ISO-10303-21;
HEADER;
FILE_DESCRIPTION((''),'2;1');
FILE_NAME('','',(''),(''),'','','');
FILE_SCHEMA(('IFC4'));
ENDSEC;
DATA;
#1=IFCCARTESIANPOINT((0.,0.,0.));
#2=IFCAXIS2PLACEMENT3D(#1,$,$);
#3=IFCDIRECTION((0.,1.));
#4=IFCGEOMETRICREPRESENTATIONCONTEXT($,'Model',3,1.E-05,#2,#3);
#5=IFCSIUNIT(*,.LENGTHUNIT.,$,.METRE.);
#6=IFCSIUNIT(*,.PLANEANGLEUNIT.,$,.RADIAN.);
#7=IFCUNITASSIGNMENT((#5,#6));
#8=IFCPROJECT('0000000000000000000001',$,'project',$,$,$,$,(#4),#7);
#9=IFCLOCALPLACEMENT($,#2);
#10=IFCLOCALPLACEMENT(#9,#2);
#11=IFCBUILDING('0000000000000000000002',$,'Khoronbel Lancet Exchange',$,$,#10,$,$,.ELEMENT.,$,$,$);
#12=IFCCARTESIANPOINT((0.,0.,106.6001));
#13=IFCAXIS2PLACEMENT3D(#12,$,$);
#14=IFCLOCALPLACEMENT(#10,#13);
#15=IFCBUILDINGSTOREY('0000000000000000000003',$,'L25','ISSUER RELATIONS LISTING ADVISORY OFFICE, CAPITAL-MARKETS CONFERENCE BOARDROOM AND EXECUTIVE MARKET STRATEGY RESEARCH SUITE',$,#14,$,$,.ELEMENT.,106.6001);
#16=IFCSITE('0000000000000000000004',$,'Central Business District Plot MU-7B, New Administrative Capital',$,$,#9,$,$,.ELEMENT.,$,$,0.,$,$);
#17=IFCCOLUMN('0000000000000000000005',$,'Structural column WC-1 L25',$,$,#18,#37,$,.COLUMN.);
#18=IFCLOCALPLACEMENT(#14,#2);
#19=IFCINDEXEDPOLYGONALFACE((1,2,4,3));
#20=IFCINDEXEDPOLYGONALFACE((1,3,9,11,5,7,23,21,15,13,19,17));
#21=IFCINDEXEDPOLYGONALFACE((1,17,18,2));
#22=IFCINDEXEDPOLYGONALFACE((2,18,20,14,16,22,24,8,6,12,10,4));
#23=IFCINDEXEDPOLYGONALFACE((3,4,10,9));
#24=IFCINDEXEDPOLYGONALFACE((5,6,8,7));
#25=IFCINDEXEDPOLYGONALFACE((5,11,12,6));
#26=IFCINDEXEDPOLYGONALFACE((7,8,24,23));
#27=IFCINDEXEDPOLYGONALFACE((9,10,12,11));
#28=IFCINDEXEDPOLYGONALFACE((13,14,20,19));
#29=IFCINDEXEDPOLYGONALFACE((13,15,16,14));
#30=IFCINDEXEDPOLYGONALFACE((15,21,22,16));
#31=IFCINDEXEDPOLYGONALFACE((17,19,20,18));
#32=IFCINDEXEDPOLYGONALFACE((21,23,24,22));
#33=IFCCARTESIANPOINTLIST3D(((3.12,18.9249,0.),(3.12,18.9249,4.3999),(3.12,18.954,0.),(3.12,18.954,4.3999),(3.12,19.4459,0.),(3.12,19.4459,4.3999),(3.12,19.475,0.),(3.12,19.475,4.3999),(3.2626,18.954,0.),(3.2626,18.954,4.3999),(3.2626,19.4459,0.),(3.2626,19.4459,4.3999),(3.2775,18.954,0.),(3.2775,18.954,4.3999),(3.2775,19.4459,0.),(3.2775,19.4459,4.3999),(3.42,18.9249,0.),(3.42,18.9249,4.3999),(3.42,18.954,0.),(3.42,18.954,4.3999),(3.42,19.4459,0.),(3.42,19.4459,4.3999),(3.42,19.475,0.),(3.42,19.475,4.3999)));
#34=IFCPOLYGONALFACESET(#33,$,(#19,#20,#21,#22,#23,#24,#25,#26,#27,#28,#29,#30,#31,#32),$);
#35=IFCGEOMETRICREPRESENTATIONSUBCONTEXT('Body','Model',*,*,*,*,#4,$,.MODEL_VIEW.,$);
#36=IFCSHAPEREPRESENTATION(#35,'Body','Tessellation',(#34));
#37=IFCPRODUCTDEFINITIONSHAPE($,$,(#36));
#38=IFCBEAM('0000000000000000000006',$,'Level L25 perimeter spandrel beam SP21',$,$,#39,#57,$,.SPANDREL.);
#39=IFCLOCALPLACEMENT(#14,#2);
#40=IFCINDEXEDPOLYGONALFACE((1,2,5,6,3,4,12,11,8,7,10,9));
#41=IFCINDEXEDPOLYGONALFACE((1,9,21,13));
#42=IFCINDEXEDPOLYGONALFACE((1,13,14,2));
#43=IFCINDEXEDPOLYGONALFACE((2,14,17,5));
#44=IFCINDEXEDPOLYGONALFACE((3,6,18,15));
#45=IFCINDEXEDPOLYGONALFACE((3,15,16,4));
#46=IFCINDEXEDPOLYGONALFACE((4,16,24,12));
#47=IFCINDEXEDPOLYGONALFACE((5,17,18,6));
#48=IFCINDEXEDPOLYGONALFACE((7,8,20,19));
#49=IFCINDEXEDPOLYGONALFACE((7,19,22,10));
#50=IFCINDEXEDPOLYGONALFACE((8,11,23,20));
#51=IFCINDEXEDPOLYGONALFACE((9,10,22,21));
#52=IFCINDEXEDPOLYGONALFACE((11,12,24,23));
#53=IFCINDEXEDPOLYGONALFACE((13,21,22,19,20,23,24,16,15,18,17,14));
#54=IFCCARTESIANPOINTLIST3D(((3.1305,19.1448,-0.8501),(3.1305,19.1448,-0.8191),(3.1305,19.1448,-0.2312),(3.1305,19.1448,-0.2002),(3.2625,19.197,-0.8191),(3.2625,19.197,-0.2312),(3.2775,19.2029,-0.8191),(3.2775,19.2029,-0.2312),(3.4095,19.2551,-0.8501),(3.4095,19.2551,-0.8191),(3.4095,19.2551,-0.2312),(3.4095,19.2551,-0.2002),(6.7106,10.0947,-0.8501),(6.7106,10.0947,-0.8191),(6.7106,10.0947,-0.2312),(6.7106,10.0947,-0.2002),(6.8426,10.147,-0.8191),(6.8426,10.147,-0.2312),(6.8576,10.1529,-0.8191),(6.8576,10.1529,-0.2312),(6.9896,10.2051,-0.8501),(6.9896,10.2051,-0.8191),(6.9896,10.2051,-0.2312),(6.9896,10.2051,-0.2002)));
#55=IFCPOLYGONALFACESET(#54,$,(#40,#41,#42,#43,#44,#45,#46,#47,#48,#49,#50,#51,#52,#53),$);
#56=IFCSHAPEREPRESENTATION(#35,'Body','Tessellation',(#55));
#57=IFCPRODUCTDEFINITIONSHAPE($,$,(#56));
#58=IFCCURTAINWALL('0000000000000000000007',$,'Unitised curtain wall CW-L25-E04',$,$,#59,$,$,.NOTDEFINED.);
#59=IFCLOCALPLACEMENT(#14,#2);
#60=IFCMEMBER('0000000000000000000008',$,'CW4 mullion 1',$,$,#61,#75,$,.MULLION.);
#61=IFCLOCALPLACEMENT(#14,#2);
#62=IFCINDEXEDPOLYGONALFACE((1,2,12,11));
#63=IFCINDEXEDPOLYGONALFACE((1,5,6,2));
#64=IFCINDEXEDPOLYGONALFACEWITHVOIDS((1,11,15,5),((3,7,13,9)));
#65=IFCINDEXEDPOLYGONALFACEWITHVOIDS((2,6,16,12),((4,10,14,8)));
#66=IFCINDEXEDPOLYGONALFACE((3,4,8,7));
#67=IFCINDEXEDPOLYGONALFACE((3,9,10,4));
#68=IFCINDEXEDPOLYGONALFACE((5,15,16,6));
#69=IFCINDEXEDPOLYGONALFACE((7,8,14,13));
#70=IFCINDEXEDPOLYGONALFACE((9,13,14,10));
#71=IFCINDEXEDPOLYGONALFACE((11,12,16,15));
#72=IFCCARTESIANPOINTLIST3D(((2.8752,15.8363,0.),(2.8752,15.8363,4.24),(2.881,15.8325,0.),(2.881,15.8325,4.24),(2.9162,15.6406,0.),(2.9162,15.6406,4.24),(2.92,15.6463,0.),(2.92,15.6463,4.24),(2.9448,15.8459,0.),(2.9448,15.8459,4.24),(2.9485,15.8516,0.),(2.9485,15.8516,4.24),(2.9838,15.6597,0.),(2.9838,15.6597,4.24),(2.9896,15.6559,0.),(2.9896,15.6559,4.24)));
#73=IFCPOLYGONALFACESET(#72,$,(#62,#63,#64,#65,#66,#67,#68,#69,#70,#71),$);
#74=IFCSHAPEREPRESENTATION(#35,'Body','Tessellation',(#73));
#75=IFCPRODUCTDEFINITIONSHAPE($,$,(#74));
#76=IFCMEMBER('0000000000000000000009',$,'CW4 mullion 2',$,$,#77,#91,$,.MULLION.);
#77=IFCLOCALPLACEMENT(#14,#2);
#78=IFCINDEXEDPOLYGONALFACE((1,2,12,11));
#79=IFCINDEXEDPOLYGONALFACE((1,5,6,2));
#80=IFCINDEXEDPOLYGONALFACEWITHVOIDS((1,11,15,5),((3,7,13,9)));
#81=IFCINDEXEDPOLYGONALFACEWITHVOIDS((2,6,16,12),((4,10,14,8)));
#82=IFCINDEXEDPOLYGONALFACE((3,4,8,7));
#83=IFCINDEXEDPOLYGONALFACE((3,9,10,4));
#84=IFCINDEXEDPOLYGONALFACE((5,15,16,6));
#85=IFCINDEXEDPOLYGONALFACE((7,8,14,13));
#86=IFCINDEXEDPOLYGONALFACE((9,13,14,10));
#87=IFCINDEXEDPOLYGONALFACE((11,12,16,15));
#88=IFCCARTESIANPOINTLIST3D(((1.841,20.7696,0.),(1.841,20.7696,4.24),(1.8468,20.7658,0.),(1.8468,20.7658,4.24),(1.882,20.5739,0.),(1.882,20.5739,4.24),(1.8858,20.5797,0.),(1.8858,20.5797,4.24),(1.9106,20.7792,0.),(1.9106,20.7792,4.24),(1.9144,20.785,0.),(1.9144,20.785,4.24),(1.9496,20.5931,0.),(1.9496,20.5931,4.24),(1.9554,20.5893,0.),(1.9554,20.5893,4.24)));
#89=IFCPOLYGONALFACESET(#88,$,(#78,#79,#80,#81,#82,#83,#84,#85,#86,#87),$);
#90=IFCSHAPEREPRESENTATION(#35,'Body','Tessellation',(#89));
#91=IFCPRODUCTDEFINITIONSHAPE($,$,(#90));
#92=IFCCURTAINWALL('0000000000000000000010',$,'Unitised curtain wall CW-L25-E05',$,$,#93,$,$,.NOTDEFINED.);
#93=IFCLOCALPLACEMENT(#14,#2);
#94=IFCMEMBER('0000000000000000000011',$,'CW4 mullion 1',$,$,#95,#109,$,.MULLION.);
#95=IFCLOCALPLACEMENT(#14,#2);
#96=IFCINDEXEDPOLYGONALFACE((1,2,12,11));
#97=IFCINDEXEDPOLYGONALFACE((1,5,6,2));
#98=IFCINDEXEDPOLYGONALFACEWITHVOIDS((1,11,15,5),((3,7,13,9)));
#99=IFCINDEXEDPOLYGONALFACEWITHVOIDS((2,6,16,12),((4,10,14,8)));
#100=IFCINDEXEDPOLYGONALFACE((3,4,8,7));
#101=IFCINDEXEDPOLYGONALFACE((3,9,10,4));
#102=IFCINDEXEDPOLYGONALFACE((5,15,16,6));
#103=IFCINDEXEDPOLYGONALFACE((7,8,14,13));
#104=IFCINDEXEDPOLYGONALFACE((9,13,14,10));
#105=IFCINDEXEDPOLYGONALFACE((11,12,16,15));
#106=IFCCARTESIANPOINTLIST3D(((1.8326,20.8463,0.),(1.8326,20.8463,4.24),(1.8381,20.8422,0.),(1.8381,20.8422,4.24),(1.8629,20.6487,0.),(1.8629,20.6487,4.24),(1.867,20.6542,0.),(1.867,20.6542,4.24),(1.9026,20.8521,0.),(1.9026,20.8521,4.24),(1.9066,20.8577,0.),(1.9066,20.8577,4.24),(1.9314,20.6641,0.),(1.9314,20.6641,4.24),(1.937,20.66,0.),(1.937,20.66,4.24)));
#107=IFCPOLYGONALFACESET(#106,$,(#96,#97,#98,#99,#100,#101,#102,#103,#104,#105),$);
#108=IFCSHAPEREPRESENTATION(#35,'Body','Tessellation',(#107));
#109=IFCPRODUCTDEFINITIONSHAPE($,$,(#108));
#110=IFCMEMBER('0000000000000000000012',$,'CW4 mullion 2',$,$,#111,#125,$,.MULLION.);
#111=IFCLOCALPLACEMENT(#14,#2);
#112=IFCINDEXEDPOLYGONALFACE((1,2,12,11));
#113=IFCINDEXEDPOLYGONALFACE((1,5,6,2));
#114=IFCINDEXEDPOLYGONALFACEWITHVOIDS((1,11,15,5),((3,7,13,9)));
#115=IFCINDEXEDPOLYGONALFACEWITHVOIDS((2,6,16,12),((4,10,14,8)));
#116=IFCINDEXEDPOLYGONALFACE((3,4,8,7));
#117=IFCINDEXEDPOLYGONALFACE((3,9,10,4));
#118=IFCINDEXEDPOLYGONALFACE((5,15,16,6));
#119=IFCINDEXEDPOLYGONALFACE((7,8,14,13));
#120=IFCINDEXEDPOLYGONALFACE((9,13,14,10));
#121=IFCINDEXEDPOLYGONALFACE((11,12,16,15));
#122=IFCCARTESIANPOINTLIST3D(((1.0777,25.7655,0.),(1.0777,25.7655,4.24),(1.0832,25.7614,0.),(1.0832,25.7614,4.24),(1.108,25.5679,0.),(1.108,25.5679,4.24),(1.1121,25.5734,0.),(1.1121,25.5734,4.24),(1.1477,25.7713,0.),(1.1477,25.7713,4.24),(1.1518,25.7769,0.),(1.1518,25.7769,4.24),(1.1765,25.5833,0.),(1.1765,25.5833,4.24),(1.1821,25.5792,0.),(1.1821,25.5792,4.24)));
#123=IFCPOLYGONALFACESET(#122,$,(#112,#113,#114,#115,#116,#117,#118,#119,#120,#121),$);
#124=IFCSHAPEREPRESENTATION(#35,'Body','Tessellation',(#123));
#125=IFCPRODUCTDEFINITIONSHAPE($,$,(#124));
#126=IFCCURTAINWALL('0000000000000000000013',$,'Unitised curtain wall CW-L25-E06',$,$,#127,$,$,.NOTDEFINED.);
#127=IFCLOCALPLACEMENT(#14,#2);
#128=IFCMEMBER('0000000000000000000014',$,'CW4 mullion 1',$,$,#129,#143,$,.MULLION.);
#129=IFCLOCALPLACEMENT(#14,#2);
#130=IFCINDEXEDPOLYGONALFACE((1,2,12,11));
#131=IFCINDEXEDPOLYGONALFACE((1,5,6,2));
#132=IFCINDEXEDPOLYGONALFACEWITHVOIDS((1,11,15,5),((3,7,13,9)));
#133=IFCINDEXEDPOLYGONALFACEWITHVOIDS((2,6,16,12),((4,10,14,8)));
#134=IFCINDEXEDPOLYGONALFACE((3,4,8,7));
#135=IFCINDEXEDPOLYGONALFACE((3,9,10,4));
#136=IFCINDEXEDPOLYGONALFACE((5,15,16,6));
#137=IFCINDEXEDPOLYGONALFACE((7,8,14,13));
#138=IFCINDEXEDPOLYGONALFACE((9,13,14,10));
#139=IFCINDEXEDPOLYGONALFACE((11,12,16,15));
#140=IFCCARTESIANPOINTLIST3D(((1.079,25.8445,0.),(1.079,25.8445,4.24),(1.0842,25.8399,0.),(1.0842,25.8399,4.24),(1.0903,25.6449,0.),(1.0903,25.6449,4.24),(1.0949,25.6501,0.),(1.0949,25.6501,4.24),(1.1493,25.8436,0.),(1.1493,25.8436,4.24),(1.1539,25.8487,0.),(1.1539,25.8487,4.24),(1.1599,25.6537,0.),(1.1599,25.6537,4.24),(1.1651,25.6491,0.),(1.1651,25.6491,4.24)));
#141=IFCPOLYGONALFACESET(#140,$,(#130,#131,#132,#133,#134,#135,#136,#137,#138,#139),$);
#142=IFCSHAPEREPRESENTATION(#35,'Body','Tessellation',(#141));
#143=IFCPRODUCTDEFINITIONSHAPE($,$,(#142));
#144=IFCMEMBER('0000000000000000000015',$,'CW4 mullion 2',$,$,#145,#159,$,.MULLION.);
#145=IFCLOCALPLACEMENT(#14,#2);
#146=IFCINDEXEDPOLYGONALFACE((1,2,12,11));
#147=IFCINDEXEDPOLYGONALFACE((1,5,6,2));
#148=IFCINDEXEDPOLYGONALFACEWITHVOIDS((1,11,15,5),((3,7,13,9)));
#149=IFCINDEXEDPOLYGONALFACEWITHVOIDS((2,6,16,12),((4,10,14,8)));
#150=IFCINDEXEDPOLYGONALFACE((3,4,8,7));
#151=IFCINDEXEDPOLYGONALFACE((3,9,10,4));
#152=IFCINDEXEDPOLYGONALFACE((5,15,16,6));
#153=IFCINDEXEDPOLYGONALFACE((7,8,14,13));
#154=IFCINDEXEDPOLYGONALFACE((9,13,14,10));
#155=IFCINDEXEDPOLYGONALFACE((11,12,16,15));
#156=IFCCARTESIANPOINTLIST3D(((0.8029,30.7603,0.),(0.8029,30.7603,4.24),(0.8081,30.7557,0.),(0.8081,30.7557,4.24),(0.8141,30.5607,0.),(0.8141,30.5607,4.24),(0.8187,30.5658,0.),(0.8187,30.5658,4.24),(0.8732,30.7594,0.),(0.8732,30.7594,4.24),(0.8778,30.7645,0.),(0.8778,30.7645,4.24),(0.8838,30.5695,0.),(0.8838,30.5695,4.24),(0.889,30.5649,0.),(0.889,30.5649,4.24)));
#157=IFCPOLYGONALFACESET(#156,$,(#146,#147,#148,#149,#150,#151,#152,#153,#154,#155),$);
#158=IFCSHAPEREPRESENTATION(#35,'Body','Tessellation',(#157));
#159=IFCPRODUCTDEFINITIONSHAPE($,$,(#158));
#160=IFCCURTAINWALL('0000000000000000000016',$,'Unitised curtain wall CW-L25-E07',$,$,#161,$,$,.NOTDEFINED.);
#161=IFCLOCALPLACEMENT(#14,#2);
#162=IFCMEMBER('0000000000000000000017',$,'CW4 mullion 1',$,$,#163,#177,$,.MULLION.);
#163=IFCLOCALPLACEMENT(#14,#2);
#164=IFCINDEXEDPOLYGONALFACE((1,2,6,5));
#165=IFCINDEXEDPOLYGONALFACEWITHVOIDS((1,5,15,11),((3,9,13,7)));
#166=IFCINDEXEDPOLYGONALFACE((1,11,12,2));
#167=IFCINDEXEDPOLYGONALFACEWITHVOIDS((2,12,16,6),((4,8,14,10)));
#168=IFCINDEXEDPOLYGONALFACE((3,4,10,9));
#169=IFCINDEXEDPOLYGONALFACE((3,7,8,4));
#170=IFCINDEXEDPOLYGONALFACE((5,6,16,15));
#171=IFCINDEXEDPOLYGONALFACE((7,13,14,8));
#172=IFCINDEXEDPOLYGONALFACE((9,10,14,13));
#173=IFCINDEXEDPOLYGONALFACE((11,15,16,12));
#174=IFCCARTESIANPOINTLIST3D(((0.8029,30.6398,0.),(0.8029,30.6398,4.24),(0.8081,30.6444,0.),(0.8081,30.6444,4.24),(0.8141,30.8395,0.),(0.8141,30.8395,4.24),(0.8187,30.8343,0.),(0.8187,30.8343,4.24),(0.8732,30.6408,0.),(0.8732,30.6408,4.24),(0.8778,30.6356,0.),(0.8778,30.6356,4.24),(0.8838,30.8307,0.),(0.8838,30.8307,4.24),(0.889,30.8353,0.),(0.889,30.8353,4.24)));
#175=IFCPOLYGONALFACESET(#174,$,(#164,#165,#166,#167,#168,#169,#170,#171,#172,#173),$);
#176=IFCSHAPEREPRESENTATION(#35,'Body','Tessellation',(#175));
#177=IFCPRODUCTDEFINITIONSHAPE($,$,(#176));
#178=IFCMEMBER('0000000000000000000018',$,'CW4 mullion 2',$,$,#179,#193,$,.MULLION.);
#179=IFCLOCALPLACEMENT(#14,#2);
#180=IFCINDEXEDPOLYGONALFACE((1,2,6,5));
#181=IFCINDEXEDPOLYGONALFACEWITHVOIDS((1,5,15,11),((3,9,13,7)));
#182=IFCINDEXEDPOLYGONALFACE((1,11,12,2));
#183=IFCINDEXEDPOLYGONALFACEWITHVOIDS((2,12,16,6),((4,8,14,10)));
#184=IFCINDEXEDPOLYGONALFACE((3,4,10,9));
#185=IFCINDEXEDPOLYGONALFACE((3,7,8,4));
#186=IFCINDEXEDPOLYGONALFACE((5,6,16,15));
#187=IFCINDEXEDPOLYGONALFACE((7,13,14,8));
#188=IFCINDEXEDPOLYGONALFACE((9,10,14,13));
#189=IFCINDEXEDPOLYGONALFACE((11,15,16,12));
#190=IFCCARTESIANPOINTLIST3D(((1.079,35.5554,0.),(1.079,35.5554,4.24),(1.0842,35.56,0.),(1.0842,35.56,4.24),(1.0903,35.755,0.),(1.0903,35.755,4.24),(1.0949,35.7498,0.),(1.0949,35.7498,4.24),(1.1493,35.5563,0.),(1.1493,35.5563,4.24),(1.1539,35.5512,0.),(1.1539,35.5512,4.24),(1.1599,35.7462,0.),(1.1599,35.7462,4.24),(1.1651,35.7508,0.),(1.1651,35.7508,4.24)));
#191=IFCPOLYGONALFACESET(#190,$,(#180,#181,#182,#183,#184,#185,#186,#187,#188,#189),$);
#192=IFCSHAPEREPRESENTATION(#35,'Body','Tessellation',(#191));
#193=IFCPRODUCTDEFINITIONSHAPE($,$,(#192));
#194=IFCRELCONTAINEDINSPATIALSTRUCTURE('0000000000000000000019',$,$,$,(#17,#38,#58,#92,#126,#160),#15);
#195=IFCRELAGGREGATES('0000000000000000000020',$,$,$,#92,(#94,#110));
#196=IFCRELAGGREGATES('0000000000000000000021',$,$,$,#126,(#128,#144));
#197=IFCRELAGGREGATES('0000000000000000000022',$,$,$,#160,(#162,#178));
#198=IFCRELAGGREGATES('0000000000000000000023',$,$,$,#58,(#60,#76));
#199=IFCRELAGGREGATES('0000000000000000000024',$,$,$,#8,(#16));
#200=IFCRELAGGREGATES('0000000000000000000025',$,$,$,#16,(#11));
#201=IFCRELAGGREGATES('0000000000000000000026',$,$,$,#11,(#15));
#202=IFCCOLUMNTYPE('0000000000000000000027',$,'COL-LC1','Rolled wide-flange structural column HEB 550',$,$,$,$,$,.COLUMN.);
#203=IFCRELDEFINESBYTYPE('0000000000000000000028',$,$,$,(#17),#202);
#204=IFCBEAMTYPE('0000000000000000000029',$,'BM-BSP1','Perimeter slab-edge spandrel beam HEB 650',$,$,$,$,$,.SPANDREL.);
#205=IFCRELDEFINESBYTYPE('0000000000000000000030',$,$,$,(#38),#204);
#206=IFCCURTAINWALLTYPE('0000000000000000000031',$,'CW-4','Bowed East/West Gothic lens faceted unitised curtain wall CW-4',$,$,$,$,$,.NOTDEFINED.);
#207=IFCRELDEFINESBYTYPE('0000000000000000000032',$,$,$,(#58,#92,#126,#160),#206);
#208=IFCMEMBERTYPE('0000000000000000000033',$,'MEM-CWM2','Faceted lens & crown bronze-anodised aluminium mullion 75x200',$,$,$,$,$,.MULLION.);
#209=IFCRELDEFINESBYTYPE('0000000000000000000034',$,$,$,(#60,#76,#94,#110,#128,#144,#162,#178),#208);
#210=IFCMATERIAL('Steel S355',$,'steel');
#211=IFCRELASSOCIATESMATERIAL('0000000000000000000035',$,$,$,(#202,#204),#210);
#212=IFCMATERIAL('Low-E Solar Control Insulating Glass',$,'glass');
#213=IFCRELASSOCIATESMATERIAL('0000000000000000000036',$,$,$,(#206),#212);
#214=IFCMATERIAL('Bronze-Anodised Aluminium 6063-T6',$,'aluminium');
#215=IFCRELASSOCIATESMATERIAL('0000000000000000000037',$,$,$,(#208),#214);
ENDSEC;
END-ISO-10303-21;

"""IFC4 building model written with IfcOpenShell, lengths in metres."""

from ifc_helpers import new_model, si_unit, direction, frame, origin, origin_2d, place, context, subcontext, project, spatial, hollow_rectangle, i_section, extrude, material, material_profile, profile_set, type_object, element, aggregate, save


model = new_model("IFC4")

# Units and contexts
model_context = context("Model", 3, precision=1e-05, world=origin(), true_north=direction((0.0, 1.0)))
body_context = subcontext(model_context, "Body", "Model", "MODEL_VIEW")
ifc_project = project(units=[si_unit("LENGTHUNIT", "METRE"), si_unit("PLANEANGLEUNIT", "RADIAN")], contexts=[model_context])

# Site, building, storey
site_placement = place(None, origin())
site = spatial("IfcSite", under=ifc_project, at=site_placement, Name="Central Business District Plot MU-7B, New Administrative Capital", CompositionType="ELEMENT", RefElevation=0.0)
building_placement = place(site_placement, origin())
building = spatial("IfcBuilding", under=site, at=building_placement, Name="Khoronbel Lancet Exchange", CompositionType="ELEMENT")
storey_placement = place(building_placement, frame((0.0, 0.0, 106.6001)))
storey = spatial("IfcBuildingStorey", under=building, at=storey_placement, Name="L25", Description="ISSUER RELATIONS LISTING ADVISORY OFFICE, CAPITAL-MARKETS CONFERENCE BOARDROOM AND EXECUTIVE MARKET STRATEGY RESEARCH SUITE", CompositionType="ELEMENT", Elevation=106.6001)

# Column
ifc_material_1 = material(Name="Steel S355", Category="steel")
ifc_material_profile_1 = material_profile(ifc_material_1, i_section(OverallWidth=0.3, OverallDepth=0.55, WebThickness=0.0149, FlangeThickness=0.0291, at=origin_2d()), Name="HEB 550")
ifc_profile_set_1 = profile_set([ifc_material_profile_1], Name="Steel S355")
column_type = type_object("IfcColumnType", Name="COL-LC1", Description="Rolled wide-flange structural column HEB 550", PredefinedType="COLUMN", material=ifc_profile_set_1)
column_placement = place(storey_placement, frame((3.27, 19.2, 0.0), z_axis=(0.0, 0.0, 1.0), x_axis=(1.0, 0.0, 0.0)))
element("IfcColumn", 1, at=column_placement, inside=storey, type_object=column_type, Name="Structural column WC-1 L25", PredefinedType="COLUMN", context=body_context, shape_type="SweptSolid", body=[
    extrude(i_section(OverallWidth=0.3, OverallDepth=0.55, WebThickness=0.0149, FlangeThickness=0.0291, at=origin_2d()), origin(), (0.0, 0.0, 1.0), 4.3999),
])

# Beam
ifc_material_profile_2 = material_profile(ifc_material_1, i_section(OverallWidth=0.3, OverallDepth=0.6499, WebThickness=0.0161, FlangeThickness=0.031, at=origin_2d()), Name="HEB 650")
ifc_profile_set_2 = profile_set([ifc_material_profile_2], Name="Steel S355")
beam_type = type_object("IfcBeamType", Name="BM-BSP1", Description="Perimeter slab-edge spandrel beam HEB 650", PredefinedType="SPANDREL", material=ifc_profile_set_2)
beam_placement = place(storey_placement, frame((3.27, 19.2, -0.5251), z_axis=(0.36785, -0.929885, 0.0), x_axis=(0.929885, 0.36785, 0.0)))
element("IfcBeam", 2, at=beam_placement, inside=storey, type_object=beam_type, Name="Level L25 perimeter spandrel beam SP21", PredefinedType="SPANDREL", context=body_context, shape_type="SweptSolid", body=[
    extrude(i_section(OverallWidth=0.3, OverallDepth=0.6499, WebThickness=0.0161, FlangeThickness=0.031, at=origin_2d()), origin(), (0.0, 0.0, 1.0), 9.7324),
])

# Curtain walls, members
ifc_material_2 = material(Name="Low-E Solar Control Insulating Glass", Category="glass")
curtain_wall_type = type_object("IfcCurtainWallType", Name="CW-4", Description="Bowed East/West Gothic lens faceted unitised curtain wall CW-4", PredefinedType="NOTDEFINED", material=ifc_material_2)
curtain_wall_1_placement = place(storey_placement, origin())
curtain_wall_1 = element("IfcCurtainWall", 3, at=curtain_wall_1_placement, inside=storey, type_object=curtain_wall_type, Name="Unitised curtain wall CW-L25-E04", PredefinedType="NOTDEFINED")
ifc_material_3 = material(Name="Bronze-Anodised Aluminium 6063-T6", Category="aluminium")
ifc_material_profile_3 = material_profile(ifc_material_3, hollow_rectangle(XDim=0.075, YDim=0.2, WallThickness=0.0049, at=origin_2d()), Name="ALU MULLION 75x200")
ifc_profile_set_3 = profile_set([ifc_material_profile_3], Name="Bronze-Anodised Aluminium 6063-T6")
member_type_1 = type_object("IfcMemberType", Name="MEM-CWM2", Description="Faceted lens & crown bronze-anodised aluminium mullion 75x200", PredefinedType="MULLION", material=ifc_profile_set_3)
member_1_placement = place(storey_placement, frame((2.9324, 15.7461, 0.0), z_axis=(0.0, 0.0, 1.0), x_axis=(-0.978729, -0.205156, 0.0)))
member_1 = element("IfcMember", 4, at=member_1_placement, type_object=member_type_1, Name="CW4 mullion 1", PredefinedType="MULLION", context=body_context, shape_type="SweptSolid", body=[
    extrude(hollow_rectangle(XDim=0.075, YDim=0.2, WallThickness=0.0049, at=origin_2d()), origin(), (0.0, 0.0, 1.0), 4.24),
])
member_2_placement = place(storey_placement, frame((1.8982, 20.6794, 0.0), z_axis=(0.0, 0.0, 1.0), x_axis=(-0.978729, -0.205156, 0.0)))
member_2 = element("IfcMember", 5, at=member_2_placement, type_object=member_type_1, Name="CW4 mullion 2", PredefinedType="MULLION", context=body_context, shape_type="SweptSolid", body=[
    extrude(hollow_rectangle(XDim=0.075, YDim=0.2, WallThickness=0.0049, at=origin_2d()), origin(), (0.0, 0.0, 1.0), 4.24),
])
curtain_wall_2_placement = place(storey_placement, origin())
curtain_wall_2 = element("IfcCurtainWall", 6, at=curtain_wall_2_placement, inside=storey, type_object=curtain_wall_type, Name="Unitised curtain wall CW-L25-E05", PredefinedType="NOTDEFINED")
member_3_placement = place(storey_placement, frame((1.8848, 20.7532, 0.0), z_axis=(0.0, 0.0, 1.0), x_axis=(-0.988428, -0.15169, 0.0)))
member_3 = element("IfcMember", 7, at=member_3_placement, type_object=member_type_1, Name="CW4 mullion 1", PredefinedType="MULLION", context=body_context, shape_type="SweptSolid", body=[
    extrude(hollow_rectangle(XDim=0.075, YDim=0.2, WallThickness=0.0049, at=origin_2d()), origin(), (0.0, 0.0, 1.0), 4.24),
])
member_4_placement = place(storey_placement, frame((1.1299, 25.6724, 0.0), z_axis=(0.0, 0.0, 1.0), x_axis=(-0.988428, -0.15169, 0.0)))
member_4 = element("IfcMember", 8, at=member_4_placement, type_object=member_type_1, Name="CW4 mullion 2", PredefinedType="MULLION", context=body_context, shape_type="SweptSolid", body=[
    extrude(hollow_rectangle(XDim=0.075, YDim=0.2, WallThickness=0.0049, at=origin_2d()), origin(), (0.0, 0.0, 1.0), 4.24),
])
curtain_wall_3_placement = place(storey_placement, origin())
curtain_wall_3 = element("IfcCurtainWall", 9, at=curtain_wall_3_placement, inside=storey, type_object=curtain_wall_type, Name="Unitised curtain wall CW-L25-E06", PredefinedType="NOTDEFINED")
member_5_placement = place(storey_placement, frame((1.1221, 25.7468, 0.0), z_axis=(0.0, 0.0, 1.0), x_axis=(-0.998426, -0.056077, 0.0)))
member_5 = element("IfcMember", 10, at=member_5_placement, type_object=member_type_1, Name="CW4 mullion 1", PredefinedType="MULLION", context=body_context, shape_type="SweptSolid", body=[
    extrude(hollow_rectangle(XDim=0.075, YDim=0.2, WallThickness=0.0049, at=origin_2d()), origin(), (0.0, 0.0, 1.0), 4.24),
])
member_6_placement = place(storey_placement, frame((0.8459, 30.6626, 0.0), z_axis=(0.0, 0.0, 1.0), x_axis=(-0.998426, -0.056077, 0.0)))
member_6 = element("IfcMember", 11, at=member_6_placement, type_object=member_type_1, Name="CW4 mullion 2", PredefinedType="MULLION", context=body_context, shape_type="SweptSolid", body=[
    extrude(hollow_rectangle(XDim=0.075, YDim=0.2, WallThickness=0.0049, at=origin_2d()), origin(), (0.0, 0.0, 1.0), 4.24),
])
curtain_wall_4_placement = place(storey_placement, origin())
curtain_wall_4 = element("IfcCurtainWall", 12, at=curtain_wall_4_placement, inside=storey, type_object=curtain_wall_type, Name="Unitised curtain wall CW-L25-E07", PredefinedType="NOTDEFINED")
member_7_placement = place(storey_placement, frame((0.8459, 30.7375, 0.0), z_axis=(0.0, 0.0, 1.0), x_axis=(-0.998426, 0.056077, 0.0)))
member_7 = element("IfcMember", 13, at=member_7_placement, type_object=member_type_1, Name="CW4 mullion 1", PredefinedType="MULLION", context=body_context, shape_type="SweptSolid", body=[
    extrude(hollow_rectangle(XDim=0.075, YDim=0.2, WallThickness=0.0049, at=origin_2d()), origin(), (0.0, 0.0, 1.0), 4.24),
])
member_8_placement = place(storey_placement, frame((1.1221, 35.6531, 0.0), z_axis=(0.0, 0.0, 1.0), x_axis=(-0.998426, 0.056077, 0.0)))
member_8 = element("IfcMember", 14, at=member_8_placement, type_object=member_type_1, Name="CW4 mullion 2", PredefinedType="MULLION", context=body_context, shape_type="SweptSolid", body=[
    extrude(hollow_rectangle(XDim=0.075, YDim=0.2, WallThickness=0.0049, at=origin_2d()), origin(), (0.0, 0.0, 1.0), 4.24),
])

aggregate(curtain_wall_2, [member_3, member_4])
aggregate(curtain_wall_3, [member_5, member_6])
aggregate(curtain_wall_4, [member_7, member_8])
aggregate(curtain_wall_1, [member_1, member_2])

save(model, "model.ifc")
